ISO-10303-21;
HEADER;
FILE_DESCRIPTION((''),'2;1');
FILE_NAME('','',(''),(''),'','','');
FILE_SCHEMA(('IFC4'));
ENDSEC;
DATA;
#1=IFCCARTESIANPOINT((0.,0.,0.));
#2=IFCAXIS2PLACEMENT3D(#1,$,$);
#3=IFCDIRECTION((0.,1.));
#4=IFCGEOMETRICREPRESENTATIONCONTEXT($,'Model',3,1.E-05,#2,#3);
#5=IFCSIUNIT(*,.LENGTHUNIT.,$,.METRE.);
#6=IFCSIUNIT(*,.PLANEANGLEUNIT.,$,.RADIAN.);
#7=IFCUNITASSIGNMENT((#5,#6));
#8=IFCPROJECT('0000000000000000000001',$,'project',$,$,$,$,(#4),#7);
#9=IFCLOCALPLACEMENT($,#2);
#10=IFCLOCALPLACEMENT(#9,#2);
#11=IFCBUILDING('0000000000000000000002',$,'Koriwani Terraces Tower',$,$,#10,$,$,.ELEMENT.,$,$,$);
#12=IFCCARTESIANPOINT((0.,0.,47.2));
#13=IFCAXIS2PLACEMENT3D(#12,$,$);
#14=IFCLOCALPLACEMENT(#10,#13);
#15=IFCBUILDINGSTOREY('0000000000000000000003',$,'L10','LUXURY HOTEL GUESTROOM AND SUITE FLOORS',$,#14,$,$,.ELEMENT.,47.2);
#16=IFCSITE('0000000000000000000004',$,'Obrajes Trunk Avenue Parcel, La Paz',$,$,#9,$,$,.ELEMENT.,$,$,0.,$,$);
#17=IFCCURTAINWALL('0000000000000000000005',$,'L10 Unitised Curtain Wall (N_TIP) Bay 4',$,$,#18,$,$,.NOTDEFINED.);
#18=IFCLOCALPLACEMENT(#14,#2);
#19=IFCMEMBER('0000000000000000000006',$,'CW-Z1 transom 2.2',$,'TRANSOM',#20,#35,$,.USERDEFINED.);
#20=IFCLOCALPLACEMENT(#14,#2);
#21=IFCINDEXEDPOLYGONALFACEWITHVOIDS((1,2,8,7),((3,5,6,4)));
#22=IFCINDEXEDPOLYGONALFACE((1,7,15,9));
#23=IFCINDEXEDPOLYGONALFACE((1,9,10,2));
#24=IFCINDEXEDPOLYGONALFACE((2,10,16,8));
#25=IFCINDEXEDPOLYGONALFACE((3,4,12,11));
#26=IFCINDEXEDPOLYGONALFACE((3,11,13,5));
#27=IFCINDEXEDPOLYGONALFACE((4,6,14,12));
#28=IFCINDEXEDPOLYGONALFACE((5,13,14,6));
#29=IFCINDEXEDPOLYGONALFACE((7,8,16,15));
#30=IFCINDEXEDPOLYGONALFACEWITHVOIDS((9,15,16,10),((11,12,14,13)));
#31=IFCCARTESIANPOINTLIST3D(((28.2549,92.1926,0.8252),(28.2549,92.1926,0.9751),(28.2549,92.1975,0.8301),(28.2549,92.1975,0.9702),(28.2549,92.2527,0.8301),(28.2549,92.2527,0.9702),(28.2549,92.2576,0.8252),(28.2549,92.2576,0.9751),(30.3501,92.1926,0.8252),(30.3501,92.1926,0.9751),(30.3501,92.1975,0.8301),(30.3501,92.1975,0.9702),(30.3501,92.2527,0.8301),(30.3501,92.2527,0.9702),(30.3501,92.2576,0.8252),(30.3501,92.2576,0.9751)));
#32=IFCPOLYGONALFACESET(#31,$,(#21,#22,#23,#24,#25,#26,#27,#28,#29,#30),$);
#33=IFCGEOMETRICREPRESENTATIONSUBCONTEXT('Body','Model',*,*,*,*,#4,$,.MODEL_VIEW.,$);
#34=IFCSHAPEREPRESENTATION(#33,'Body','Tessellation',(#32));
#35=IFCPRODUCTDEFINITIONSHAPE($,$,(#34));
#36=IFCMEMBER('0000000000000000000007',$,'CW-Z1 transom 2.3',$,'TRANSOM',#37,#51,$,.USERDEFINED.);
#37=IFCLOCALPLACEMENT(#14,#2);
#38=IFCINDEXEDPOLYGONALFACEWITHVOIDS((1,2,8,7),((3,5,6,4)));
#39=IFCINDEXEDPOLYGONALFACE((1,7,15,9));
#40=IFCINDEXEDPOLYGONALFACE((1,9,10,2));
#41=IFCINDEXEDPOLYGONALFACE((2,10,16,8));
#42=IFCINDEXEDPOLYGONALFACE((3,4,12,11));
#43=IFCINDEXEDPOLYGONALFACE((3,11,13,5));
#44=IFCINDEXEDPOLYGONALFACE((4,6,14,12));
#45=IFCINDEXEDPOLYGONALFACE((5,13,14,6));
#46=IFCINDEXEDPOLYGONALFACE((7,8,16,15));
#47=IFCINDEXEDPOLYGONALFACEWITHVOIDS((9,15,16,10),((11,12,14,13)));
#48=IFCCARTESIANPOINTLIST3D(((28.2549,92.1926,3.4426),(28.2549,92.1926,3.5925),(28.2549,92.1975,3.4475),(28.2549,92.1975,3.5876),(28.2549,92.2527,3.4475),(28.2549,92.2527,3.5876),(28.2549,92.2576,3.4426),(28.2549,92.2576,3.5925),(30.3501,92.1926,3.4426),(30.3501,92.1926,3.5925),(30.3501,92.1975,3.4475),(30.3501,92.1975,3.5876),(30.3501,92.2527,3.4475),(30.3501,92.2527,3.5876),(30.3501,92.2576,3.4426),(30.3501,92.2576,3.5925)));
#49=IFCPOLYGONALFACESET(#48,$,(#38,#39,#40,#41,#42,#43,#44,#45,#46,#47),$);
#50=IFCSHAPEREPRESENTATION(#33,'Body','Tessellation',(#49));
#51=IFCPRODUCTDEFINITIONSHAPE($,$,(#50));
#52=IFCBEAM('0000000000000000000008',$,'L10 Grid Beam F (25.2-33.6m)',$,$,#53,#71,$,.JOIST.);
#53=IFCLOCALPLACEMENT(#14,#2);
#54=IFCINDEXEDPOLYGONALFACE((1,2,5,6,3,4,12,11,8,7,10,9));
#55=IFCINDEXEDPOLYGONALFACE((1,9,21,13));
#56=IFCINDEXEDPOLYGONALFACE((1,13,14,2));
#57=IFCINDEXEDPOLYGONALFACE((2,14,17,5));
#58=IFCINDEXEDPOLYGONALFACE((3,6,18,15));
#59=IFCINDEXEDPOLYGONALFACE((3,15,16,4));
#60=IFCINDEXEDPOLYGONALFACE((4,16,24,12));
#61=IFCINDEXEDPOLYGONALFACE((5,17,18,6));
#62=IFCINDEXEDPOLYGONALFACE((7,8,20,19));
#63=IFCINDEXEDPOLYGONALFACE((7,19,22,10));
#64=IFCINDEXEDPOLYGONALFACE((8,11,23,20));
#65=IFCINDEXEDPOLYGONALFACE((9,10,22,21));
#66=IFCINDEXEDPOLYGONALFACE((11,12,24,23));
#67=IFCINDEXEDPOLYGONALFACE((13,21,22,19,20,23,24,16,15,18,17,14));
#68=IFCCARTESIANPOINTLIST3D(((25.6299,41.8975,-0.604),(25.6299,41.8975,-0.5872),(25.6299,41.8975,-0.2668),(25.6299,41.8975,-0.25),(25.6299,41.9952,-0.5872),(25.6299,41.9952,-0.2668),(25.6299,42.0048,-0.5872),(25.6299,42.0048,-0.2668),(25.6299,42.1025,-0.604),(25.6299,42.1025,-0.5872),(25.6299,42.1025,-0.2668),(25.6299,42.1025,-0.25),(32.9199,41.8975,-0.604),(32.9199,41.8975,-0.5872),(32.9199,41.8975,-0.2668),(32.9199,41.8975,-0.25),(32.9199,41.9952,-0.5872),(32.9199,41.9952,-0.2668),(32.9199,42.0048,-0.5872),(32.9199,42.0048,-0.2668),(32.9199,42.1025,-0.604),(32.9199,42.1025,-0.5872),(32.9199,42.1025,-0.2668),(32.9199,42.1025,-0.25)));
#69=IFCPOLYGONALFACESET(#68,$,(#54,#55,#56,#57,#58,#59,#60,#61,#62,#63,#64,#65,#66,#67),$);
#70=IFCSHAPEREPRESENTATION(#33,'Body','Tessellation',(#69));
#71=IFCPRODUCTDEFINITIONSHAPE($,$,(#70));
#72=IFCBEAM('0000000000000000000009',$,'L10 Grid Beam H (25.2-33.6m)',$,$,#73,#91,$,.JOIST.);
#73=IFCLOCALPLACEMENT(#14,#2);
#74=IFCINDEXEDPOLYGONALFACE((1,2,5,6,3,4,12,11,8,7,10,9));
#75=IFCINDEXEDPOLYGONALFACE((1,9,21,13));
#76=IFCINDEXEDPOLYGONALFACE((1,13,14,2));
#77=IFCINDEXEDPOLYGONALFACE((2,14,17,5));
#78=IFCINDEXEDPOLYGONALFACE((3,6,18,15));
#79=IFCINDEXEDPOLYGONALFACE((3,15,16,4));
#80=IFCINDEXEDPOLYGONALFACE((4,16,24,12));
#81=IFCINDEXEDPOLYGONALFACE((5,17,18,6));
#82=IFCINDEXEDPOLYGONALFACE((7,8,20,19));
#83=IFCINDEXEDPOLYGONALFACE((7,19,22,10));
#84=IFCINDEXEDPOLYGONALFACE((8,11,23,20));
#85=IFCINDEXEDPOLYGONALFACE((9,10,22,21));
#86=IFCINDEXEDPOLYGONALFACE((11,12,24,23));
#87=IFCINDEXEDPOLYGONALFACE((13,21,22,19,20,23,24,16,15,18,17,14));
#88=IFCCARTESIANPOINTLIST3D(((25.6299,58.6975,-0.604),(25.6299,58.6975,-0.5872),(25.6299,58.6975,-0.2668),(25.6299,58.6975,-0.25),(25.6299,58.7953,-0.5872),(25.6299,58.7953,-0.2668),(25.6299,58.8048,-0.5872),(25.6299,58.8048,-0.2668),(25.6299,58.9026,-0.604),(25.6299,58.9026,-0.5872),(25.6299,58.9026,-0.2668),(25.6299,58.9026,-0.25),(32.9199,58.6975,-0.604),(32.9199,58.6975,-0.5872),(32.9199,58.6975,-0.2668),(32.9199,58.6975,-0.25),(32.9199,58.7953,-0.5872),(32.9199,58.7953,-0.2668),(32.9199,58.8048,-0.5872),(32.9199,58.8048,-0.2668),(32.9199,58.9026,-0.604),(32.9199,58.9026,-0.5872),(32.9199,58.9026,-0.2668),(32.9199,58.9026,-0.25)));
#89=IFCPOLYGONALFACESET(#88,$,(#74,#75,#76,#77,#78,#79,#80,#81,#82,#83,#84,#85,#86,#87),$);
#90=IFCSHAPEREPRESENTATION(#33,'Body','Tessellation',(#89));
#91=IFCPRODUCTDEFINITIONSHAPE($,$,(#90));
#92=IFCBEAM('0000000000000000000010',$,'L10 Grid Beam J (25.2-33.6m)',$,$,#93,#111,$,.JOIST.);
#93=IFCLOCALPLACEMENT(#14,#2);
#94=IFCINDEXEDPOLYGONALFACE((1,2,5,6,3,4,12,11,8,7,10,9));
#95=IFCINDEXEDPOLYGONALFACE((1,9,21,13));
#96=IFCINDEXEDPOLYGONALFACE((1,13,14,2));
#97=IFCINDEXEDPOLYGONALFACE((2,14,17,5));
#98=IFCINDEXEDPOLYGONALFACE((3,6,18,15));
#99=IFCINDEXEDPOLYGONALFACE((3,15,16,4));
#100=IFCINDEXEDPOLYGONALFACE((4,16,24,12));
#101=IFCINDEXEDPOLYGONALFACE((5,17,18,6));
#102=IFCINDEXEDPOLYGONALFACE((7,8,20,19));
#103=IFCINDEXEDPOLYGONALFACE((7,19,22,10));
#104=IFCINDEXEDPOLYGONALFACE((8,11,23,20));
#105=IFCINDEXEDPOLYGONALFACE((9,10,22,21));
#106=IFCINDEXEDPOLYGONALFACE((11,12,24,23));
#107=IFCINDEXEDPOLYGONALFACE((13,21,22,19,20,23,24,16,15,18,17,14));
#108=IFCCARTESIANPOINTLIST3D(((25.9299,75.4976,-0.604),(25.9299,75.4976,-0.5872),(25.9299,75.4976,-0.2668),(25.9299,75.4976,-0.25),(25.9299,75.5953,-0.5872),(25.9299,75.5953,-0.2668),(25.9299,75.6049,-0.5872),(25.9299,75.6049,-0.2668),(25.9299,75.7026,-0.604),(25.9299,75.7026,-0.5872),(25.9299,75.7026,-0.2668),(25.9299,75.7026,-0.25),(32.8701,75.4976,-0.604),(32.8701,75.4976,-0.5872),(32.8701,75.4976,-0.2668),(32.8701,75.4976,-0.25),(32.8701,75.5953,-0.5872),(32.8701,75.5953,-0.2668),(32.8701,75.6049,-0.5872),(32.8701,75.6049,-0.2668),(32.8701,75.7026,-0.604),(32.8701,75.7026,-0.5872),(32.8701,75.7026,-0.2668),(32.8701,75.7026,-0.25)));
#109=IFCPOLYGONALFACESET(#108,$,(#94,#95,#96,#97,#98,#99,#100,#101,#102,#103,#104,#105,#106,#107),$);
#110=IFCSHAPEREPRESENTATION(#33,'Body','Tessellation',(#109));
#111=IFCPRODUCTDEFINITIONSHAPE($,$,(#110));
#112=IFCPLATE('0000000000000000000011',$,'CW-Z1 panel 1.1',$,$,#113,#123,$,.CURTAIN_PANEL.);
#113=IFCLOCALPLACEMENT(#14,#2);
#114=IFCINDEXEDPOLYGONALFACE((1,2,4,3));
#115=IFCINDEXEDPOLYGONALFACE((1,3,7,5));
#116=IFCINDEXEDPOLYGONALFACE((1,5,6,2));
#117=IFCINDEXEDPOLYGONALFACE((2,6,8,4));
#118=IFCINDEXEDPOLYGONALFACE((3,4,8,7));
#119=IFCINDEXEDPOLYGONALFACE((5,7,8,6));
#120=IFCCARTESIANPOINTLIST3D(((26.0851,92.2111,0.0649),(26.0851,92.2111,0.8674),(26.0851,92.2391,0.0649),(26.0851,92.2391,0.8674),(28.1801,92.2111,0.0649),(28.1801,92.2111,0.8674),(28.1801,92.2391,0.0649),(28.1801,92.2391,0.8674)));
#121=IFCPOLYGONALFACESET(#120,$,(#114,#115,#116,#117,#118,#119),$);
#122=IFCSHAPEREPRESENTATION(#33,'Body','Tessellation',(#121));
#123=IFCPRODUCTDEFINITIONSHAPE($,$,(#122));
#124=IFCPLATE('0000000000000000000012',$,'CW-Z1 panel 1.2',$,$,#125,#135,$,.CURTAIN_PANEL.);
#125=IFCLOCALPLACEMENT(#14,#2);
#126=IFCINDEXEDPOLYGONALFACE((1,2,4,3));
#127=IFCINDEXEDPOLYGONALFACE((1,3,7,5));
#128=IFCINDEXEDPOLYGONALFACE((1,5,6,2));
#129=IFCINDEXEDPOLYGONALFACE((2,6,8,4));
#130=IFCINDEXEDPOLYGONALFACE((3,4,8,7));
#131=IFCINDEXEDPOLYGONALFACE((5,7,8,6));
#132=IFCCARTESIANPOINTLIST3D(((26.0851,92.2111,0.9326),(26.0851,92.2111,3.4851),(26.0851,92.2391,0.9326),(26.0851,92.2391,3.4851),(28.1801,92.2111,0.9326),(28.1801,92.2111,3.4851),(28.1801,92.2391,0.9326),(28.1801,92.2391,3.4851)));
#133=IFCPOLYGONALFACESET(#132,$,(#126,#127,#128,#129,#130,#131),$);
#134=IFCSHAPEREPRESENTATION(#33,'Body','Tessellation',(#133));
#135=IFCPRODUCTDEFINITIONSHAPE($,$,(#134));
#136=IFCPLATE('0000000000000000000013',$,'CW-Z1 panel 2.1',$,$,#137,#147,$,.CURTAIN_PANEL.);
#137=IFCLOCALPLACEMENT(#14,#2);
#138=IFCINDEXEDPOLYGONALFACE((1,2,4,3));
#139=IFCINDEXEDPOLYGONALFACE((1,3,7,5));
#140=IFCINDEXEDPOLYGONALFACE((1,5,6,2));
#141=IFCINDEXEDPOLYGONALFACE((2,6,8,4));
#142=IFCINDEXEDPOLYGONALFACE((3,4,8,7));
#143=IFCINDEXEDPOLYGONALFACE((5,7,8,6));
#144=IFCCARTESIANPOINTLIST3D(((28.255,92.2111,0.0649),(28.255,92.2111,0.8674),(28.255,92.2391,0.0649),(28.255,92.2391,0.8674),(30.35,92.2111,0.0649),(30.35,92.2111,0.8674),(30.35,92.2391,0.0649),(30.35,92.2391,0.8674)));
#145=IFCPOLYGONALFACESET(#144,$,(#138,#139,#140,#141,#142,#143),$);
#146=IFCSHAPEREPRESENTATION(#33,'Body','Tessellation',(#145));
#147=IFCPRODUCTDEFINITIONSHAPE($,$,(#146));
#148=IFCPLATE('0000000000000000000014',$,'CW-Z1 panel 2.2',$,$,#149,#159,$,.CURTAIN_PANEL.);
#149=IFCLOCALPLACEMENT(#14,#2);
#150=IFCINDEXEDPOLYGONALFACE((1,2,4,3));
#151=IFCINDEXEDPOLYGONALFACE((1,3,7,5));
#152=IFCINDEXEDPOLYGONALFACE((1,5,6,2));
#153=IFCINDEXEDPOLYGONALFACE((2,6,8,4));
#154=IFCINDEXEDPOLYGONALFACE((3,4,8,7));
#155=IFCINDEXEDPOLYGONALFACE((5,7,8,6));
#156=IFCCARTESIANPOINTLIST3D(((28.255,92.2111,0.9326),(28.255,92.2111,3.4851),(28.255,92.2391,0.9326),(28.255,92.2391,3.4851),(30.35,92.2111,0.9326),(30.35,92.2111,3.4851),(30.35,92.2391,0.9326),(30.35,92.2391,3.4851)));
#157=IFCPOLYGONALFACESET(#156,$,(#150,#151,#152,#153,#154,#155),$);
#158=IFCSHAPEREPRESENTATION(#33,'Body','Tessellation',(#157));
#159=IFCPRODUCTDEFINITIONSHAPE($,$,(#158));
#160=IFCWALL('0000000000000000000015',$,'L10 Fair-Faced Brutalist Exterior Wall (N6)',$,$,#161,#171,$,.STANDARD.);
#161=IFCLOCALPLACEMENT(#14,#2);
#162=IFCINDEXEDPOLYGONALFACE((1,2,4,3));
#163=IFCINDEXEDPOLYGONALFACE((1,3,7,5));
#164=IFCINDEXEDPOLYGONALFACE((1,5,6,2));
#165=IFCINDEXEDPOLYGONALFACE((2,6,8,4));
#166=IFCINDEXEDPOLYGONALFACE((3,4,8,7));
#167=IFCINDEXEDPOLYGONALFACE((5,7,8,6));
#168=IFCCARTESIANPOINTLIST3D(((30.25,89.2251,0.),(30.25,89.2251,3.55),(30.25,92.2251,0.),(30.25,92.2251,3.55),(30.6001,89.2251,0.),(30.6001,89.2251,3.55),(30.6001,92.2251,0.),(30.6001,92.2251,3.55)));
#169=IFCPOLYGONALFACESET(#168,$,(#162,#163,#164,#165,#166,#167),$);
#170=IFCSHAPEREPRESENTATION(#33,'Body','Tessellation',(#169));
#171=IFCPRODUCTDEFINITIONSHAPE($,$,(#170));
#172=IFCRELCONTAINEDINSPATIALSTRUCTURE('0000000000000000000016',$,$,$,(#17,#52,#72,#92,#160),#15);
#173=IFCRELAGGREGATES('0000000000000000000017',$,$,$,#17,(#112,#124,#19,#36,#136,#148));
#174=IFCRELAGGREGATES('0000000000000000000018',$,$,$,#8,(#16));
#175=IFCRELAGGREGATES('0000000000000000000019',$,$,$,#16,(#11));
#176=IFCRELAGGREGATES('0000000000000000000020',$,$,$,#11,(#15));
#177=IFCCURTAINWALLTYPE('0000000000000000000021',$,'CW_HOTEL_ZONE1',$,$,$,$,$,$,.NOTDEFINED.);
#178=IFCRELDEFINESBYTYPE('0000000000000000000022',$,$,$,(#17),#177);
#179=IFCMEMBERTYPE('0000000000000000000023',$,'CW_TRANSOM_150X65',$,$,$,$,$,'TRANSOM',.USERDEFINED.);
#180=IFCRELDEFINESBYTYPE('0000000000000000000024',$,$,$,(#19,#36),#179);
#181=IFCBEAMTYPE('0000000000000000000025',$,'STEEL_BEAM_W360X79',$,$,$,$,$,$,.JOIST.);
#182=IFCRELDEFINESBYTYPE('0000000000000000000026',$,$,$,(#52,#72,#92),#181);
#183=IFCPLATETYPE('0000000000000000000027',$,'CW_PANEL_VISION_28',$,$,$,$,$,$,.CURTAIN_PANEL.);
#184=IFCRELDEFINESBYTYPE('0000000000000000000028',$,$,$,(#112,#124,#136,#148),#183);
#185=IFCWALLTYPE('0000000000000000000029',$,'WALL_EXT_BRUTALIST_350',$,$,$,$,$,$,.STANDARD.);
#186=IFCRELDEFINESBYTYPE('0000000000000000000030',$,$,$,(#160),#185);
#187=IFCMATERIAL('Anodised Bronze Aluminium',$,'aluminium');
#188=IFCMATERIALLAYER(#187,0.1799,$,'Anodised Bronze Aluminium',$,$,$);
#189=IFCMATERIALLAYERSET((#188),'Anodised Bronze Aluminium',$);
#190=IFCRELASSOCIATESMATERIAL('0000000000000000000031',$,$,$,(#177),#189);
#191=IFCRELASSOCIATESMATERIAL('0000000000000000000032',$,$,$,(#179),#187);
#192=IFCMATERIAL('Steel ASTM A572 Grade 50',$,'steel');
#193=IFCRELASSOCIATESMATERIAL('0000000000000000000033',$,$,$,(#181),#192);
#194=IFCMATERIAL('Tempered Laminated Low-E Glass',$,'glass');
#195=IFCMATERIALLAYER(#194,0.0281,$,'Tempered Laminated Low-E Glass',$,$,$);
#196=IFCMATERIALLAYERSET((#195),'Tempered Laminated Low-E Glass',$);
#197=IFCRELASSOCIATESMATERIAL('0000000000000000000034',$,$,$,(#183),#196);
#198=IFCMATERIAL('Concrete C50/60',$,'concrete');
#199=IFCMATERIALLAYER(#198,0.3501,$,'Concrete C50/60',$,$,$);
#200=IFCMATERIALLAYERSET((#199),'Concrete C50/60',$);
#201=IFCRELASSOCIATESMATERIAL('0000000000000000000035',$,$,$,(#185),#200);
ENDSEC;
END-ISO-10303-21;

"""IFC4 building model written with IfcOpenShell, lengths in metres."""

from ifc_helpers import new_model, si_unit, direction, frame, frame_2d, origin, origin_2d, place, context, subcontext, project, spatial, rectangle, hollow_rectangle, i_section, extrude, material, layer, layer_set, material_profile, profile_set, type_object, element, aggregate, save


model = new_model("IFC4")

# Units and contexts
model_context = context("Model", 3, precision=1e-05, world=origin(), true_north=direction((0.0, 1.0)))
body_context = subcontext(model_context, "Body", "Model", "MODEL_VIEW")
ifc_project = project(units=[si_unit("LENGTHUNIT", "METRE"), si_unit("PLANEANGLEUNIT", "RADIAN")], contexts=[model_context])

# Site, building, storey
site_placement = place(None, origin())
site = spatial("IfcSite", under=ifc_project, at=site_placement, Name="Obrajes Trunk Avenue Parcel, La Paz", CompositionType="ELEMENT", RefElevation=0.0)
building_placement = place(site_placement, origin())
building = spatial("IfcBuilding", under=site, at=building_placement, Name="Koriwani Terraces Tower", CompositionType="ELEMENT")
storey_placement = place(building_placement, frame((0.0, 0.0, 47.2)))
storey = spatial("IfcBuildingStorey", under=building, at=storey_placement, Name="L10", Description="LUXURY HOTEL GUESTROOM AND SUITE FLOORS", CompositionType="ELEMENT", Elevation=47.2)

# Shared definitions
ifc_material_1 = material(Name="Concrete C50/60", Category="concrete")

# Curtain wall, members
ifc_material_2 = material(Name="Anodised Bronze Aluminium", Category="aluminium")
ifc_layer_1 = layer(ifc_material_2, 0.1799, Name="Anodised Bronze Aluminium")
ifc_layer_set_1 = layer_set([ifc_layer_1], Name="Anodised Bronze Aluminium")
curtain_wall_type = type_object("IfcCurtainWallType", Name="CW_HOTEL_ZONE1", PredefinedType="NOTDEFINED", material=ifc_layer_set_1)
curtain_wall_placement = place(storey_placement, origin())
curtain_wall = element("IfcCurtainWall", 1, at=curtain_wall_placement, inside=storey, type_object=curtain_wall_type, Name="L10 Unitised Curtain Wall (N_TIP) Bay 4", PredefinedType="NOTDEFINED")
ifc_material_profile_1 = material_profile(ifc_material_2, hollow_rectangle(XDim=0.0649, YDim=0.1499, WallThickness=0.0049, at=origin_2d()), Name="Anodised Bronze Aluminium", Category="LoadBearing")
ifc_profile_set_1 = profile_set([ifc_material_profile_1], Name="Anodised Bronze Aluminium")
member_type_1 = type_object("IfcMemberType", Name="CW_TRANSOM_150X65", ElementType="TRANSOM", PredefinedType="USERDEFINED", material=ifc_profile_set_1)
member_1_placement = place(storey_placement, frame((28.2549, 92.2251, 0.9001), z_axis=(1.0, 0.0, 0.0), x_axis=(0.0, 1.0, 0.0)))
member_1 = element("IfcMember", 2, at=member_1_placement, type_object=member_type_1, Name="CW-Z1 transom 2.2", ObjectType="TRANSOM", PredefinedType="USERDEFINED", context=body_context, shape_type="SweptSolid", body=[
    extrude(hollow_rectangle(XDim=0.0649, YDim=0.1499, WallThickness=0.0049, at=origin_2d()), origin(), (0.0, 0.0, 1.0), 2.0952),
])
member_2_placement = place(storey_placement, frame((28.2549, 92.2251, 3.5176), z_axis=(1.0, 0.0, 0.0), x_axis=(0.0, 1.0, 0.0)))
member_2 = element("IfcMember", 3, at=member_2_placement, type_object=member_type_1, Name="CW-Z1 transom 2.3", ObjectType="TRANSOM", PredefinedType="USERDEFINED", context=body_context, shape_type="SweptSolid", body=[
    extrude(hollow_rectangle(XDim=0.0649, YDim=0.1499, WallThickness=0.0049, at=origin_2d()), origin(), (0.0, 0.0, 1.0), 2.0952),
])

# Beams
ifc_material_3 = material(Name="Steel ASTM A572 Grade 50", Category="steel")
ifc_material_profile_2 = material_profile(ifc_material_3, i_section(OverallWidth=0.2051, OverallDepth=0.354, WebThickness=0.0095, FlangeThickness=0.0168, at=origin_2d()), Name="Steel ASTM A572 Grade 50", Category="LoadBearing")
ifc_profile_set_2 = profile_set([ifc_material_profile_2], Name="Steel ASTM A572 Grade 50")
beam_type_1 = type_object("IfcBeamType", Name="STEEL_BEAM_W360X79", PredefinedType="JOIST", material=ifc_profile_set_2)
for number, where, z_axis, x_axis, name in (
    (4, (25.6299, 42.0, -0.427), (1.0, 0.0, 0.0), (0.0, 1.0, 0.0), "L10 Grid Beam F (25.2-33.6m)"),
    (5, (25.6299, 58.8, -0.427), (1.0, 0.0, 0.0), (0.0, 1.0, 0.0), "L10 Grid Beam H (25.2-33.6m)"),
):
    element("IfcBeam", number, at=place(storey_placement, frame(where, z_axis=z_axis, x_axis=x_axis)), inside=storey, type_object=beam_type_1, Name=name, PredefinedType="JOIST", context=body_context, shape_type="SweptSolid", body=[
        extrude(i_section(OverallWidth=0.2051, OverallDepth=0.354, WebThickness=0.0095, FlangeThickness=0.0168, at=origin_2d()), origin(), (0.0, 0.0, 1.0), 7.29),
    ])
beam_1_placement = place(storey_placement, frame((25.9299, 75.6001, -0.427), z_axis=(1.0, 0.0, 0.0), x_axis=(0.0, 1.0, 0.0)))
element("IfcBeam", 6, at=beam_1_placement, inside=storey, type_object=beam_type_1, Name="L10 Grid Beam J (25.2-33.6m)", PredefinedType="JOIST", context=body_context, shape_type="SweptSolid", body=[
    extrude(i_section(OverallWidth=0.2051, OverallDepth=0.354, WebThickness=0.0095, FlangeThickness=0.0168, at=origin_2d()), origin(), (0.0, 0.0, 1.0), 6.9402),
])

# Plates
ifc_material_4 = material(Name="Tempered Laminated Low-E Glass", Category="glass")
ifc_layer_2 = layer(ifc_material_4, 0.0281, Name="Tempered Laminated Low-E Glass")
ifc_layer_set_2 = layer_set([ifc_layer_2], Name="Tempered Laminated Low-E Glass")
plate_type = type_object("IfcPlateType", Name="CW_PANEL_VISION_28", PredefinedType="CURTAIN_PANEL", material=ifc_layer_set_2)
plate_1_placement = place(storey_placement, frame((27.1326, 92.2251, 0.0649), z_axis=(0.0, 0.0, 1.0), x_axis=(1.0, 0.0, 0.0)))
plate_1 = element("IfcPlate", 7, at=plate_1_placement, type_object=plate_type, Name="CW-Z1 panel 1.1", PredefinedType="CURTAIN_PANEL", context=body_context, shape_type="SweptSolid", body=[
    extrude(rectangle(XDim=2.095, YDim=0.0281, at=origin_2d()), origin(), (0.0, 0.0, 1.0), 0.8025),
])
plate_2_placement = place(storey_placement, frame((27.1326, 92.2251, 0.9326), z_axis=(0.0, 0.0, 1.0), x_axis=(1.0, 0.0, 0.0)))
plate_2 = element("IfcPlate", 8, at=plate_2_placement, type_object=plate_type, Name="CW-Z1 panel 1.2", PredefinedType="CURTAIN_PANEL", context=body_context, shape_type="SweptSolid", body=[
    extrude(rectangle(XDim=2.095, YDim=0.0281, at=origin_2d()), origin(), (0.0, 0.0, 1.0), 2.5525),
])
plate_3_placement = place(storey_placement, frame((29.3025, 92.2251, 0.0649), z_axis=(0.0, 0.0, 1.0), x_axis=(1.0, 0.0, 0.0)))
plate_3 = element("IfcPlate", 9, at=plate_3_placement, type_object=plate_type, Name="CW-Z1 panel 2.1", PredefinedType="CURTAIN_PANEL", context=body_context, shape_type="SweptSolid", body=[
    extrude(rectangle(XDim=2.095, YDim=0.0281, at=origin_2d()), origin(), (0.0, 0.0, 1.0), 0.8025),
])
plate_4_placement = place(storey_placement, frame((29.3025, 92.2251, 0.9326), z_axis=(0.0, 0.0, 1.0), x_axis=(1.0, 0.0, 0.0)))
plate_4 = element("IfcPlate", 10, at=plate_4_placement, type_object=plate_type, Name="CW-Z1 panel 2.2", PredefinedType="CURTAIN_PANEL", context=body_context, shape_type="SweptSolid", body=[
    extrude(rectangle(XDim=2.095, YDim=0.0281, at=origin_2d()), origin(), (0.0, 0.0, 1.0), 2.5525),
])
aggregate(curtain_wall, [plate_1, plate_2, member_1, member_2, plate_3, plate_4])

# Wall
ifc_layer_3 = layer(ifc_material_1, 0.3501, Name="Concrete C50/60")
ifc_layer_set_3 = layer_set([ifc_layer_3], Name="Concrete C50/60")
wall_type_1 = type_object("IfcWallType", Name="WALL_EXT_BRUTALIST_350", PredefinedType="STANDARD", material=ifc_layer_set_3)
wall_1_placement = place(storey_placement, frame((30.425, 92.2251, 0.0), z_axis=(0.0, 0.0, 1.0), x_axis=(0.0, -1.0, 0.0)))
element("IfcWall", 11, at=wall_1_placement, inside=storey, type_object=wall_type_1, Name="L10 Fair-Faced Brutalist Exterior Wall (N6)", PredefinedType="STANDARD", context=body_context, shape_type="SweptSolid", body=[
    extrude(rectangle(XDim=3.0, YDim=0.3501, at=frame_2d((1.5, 0.0))), origin(), (0.0, 0.0, 1.0), 3.55),
])

save(model, "model.ifc")
